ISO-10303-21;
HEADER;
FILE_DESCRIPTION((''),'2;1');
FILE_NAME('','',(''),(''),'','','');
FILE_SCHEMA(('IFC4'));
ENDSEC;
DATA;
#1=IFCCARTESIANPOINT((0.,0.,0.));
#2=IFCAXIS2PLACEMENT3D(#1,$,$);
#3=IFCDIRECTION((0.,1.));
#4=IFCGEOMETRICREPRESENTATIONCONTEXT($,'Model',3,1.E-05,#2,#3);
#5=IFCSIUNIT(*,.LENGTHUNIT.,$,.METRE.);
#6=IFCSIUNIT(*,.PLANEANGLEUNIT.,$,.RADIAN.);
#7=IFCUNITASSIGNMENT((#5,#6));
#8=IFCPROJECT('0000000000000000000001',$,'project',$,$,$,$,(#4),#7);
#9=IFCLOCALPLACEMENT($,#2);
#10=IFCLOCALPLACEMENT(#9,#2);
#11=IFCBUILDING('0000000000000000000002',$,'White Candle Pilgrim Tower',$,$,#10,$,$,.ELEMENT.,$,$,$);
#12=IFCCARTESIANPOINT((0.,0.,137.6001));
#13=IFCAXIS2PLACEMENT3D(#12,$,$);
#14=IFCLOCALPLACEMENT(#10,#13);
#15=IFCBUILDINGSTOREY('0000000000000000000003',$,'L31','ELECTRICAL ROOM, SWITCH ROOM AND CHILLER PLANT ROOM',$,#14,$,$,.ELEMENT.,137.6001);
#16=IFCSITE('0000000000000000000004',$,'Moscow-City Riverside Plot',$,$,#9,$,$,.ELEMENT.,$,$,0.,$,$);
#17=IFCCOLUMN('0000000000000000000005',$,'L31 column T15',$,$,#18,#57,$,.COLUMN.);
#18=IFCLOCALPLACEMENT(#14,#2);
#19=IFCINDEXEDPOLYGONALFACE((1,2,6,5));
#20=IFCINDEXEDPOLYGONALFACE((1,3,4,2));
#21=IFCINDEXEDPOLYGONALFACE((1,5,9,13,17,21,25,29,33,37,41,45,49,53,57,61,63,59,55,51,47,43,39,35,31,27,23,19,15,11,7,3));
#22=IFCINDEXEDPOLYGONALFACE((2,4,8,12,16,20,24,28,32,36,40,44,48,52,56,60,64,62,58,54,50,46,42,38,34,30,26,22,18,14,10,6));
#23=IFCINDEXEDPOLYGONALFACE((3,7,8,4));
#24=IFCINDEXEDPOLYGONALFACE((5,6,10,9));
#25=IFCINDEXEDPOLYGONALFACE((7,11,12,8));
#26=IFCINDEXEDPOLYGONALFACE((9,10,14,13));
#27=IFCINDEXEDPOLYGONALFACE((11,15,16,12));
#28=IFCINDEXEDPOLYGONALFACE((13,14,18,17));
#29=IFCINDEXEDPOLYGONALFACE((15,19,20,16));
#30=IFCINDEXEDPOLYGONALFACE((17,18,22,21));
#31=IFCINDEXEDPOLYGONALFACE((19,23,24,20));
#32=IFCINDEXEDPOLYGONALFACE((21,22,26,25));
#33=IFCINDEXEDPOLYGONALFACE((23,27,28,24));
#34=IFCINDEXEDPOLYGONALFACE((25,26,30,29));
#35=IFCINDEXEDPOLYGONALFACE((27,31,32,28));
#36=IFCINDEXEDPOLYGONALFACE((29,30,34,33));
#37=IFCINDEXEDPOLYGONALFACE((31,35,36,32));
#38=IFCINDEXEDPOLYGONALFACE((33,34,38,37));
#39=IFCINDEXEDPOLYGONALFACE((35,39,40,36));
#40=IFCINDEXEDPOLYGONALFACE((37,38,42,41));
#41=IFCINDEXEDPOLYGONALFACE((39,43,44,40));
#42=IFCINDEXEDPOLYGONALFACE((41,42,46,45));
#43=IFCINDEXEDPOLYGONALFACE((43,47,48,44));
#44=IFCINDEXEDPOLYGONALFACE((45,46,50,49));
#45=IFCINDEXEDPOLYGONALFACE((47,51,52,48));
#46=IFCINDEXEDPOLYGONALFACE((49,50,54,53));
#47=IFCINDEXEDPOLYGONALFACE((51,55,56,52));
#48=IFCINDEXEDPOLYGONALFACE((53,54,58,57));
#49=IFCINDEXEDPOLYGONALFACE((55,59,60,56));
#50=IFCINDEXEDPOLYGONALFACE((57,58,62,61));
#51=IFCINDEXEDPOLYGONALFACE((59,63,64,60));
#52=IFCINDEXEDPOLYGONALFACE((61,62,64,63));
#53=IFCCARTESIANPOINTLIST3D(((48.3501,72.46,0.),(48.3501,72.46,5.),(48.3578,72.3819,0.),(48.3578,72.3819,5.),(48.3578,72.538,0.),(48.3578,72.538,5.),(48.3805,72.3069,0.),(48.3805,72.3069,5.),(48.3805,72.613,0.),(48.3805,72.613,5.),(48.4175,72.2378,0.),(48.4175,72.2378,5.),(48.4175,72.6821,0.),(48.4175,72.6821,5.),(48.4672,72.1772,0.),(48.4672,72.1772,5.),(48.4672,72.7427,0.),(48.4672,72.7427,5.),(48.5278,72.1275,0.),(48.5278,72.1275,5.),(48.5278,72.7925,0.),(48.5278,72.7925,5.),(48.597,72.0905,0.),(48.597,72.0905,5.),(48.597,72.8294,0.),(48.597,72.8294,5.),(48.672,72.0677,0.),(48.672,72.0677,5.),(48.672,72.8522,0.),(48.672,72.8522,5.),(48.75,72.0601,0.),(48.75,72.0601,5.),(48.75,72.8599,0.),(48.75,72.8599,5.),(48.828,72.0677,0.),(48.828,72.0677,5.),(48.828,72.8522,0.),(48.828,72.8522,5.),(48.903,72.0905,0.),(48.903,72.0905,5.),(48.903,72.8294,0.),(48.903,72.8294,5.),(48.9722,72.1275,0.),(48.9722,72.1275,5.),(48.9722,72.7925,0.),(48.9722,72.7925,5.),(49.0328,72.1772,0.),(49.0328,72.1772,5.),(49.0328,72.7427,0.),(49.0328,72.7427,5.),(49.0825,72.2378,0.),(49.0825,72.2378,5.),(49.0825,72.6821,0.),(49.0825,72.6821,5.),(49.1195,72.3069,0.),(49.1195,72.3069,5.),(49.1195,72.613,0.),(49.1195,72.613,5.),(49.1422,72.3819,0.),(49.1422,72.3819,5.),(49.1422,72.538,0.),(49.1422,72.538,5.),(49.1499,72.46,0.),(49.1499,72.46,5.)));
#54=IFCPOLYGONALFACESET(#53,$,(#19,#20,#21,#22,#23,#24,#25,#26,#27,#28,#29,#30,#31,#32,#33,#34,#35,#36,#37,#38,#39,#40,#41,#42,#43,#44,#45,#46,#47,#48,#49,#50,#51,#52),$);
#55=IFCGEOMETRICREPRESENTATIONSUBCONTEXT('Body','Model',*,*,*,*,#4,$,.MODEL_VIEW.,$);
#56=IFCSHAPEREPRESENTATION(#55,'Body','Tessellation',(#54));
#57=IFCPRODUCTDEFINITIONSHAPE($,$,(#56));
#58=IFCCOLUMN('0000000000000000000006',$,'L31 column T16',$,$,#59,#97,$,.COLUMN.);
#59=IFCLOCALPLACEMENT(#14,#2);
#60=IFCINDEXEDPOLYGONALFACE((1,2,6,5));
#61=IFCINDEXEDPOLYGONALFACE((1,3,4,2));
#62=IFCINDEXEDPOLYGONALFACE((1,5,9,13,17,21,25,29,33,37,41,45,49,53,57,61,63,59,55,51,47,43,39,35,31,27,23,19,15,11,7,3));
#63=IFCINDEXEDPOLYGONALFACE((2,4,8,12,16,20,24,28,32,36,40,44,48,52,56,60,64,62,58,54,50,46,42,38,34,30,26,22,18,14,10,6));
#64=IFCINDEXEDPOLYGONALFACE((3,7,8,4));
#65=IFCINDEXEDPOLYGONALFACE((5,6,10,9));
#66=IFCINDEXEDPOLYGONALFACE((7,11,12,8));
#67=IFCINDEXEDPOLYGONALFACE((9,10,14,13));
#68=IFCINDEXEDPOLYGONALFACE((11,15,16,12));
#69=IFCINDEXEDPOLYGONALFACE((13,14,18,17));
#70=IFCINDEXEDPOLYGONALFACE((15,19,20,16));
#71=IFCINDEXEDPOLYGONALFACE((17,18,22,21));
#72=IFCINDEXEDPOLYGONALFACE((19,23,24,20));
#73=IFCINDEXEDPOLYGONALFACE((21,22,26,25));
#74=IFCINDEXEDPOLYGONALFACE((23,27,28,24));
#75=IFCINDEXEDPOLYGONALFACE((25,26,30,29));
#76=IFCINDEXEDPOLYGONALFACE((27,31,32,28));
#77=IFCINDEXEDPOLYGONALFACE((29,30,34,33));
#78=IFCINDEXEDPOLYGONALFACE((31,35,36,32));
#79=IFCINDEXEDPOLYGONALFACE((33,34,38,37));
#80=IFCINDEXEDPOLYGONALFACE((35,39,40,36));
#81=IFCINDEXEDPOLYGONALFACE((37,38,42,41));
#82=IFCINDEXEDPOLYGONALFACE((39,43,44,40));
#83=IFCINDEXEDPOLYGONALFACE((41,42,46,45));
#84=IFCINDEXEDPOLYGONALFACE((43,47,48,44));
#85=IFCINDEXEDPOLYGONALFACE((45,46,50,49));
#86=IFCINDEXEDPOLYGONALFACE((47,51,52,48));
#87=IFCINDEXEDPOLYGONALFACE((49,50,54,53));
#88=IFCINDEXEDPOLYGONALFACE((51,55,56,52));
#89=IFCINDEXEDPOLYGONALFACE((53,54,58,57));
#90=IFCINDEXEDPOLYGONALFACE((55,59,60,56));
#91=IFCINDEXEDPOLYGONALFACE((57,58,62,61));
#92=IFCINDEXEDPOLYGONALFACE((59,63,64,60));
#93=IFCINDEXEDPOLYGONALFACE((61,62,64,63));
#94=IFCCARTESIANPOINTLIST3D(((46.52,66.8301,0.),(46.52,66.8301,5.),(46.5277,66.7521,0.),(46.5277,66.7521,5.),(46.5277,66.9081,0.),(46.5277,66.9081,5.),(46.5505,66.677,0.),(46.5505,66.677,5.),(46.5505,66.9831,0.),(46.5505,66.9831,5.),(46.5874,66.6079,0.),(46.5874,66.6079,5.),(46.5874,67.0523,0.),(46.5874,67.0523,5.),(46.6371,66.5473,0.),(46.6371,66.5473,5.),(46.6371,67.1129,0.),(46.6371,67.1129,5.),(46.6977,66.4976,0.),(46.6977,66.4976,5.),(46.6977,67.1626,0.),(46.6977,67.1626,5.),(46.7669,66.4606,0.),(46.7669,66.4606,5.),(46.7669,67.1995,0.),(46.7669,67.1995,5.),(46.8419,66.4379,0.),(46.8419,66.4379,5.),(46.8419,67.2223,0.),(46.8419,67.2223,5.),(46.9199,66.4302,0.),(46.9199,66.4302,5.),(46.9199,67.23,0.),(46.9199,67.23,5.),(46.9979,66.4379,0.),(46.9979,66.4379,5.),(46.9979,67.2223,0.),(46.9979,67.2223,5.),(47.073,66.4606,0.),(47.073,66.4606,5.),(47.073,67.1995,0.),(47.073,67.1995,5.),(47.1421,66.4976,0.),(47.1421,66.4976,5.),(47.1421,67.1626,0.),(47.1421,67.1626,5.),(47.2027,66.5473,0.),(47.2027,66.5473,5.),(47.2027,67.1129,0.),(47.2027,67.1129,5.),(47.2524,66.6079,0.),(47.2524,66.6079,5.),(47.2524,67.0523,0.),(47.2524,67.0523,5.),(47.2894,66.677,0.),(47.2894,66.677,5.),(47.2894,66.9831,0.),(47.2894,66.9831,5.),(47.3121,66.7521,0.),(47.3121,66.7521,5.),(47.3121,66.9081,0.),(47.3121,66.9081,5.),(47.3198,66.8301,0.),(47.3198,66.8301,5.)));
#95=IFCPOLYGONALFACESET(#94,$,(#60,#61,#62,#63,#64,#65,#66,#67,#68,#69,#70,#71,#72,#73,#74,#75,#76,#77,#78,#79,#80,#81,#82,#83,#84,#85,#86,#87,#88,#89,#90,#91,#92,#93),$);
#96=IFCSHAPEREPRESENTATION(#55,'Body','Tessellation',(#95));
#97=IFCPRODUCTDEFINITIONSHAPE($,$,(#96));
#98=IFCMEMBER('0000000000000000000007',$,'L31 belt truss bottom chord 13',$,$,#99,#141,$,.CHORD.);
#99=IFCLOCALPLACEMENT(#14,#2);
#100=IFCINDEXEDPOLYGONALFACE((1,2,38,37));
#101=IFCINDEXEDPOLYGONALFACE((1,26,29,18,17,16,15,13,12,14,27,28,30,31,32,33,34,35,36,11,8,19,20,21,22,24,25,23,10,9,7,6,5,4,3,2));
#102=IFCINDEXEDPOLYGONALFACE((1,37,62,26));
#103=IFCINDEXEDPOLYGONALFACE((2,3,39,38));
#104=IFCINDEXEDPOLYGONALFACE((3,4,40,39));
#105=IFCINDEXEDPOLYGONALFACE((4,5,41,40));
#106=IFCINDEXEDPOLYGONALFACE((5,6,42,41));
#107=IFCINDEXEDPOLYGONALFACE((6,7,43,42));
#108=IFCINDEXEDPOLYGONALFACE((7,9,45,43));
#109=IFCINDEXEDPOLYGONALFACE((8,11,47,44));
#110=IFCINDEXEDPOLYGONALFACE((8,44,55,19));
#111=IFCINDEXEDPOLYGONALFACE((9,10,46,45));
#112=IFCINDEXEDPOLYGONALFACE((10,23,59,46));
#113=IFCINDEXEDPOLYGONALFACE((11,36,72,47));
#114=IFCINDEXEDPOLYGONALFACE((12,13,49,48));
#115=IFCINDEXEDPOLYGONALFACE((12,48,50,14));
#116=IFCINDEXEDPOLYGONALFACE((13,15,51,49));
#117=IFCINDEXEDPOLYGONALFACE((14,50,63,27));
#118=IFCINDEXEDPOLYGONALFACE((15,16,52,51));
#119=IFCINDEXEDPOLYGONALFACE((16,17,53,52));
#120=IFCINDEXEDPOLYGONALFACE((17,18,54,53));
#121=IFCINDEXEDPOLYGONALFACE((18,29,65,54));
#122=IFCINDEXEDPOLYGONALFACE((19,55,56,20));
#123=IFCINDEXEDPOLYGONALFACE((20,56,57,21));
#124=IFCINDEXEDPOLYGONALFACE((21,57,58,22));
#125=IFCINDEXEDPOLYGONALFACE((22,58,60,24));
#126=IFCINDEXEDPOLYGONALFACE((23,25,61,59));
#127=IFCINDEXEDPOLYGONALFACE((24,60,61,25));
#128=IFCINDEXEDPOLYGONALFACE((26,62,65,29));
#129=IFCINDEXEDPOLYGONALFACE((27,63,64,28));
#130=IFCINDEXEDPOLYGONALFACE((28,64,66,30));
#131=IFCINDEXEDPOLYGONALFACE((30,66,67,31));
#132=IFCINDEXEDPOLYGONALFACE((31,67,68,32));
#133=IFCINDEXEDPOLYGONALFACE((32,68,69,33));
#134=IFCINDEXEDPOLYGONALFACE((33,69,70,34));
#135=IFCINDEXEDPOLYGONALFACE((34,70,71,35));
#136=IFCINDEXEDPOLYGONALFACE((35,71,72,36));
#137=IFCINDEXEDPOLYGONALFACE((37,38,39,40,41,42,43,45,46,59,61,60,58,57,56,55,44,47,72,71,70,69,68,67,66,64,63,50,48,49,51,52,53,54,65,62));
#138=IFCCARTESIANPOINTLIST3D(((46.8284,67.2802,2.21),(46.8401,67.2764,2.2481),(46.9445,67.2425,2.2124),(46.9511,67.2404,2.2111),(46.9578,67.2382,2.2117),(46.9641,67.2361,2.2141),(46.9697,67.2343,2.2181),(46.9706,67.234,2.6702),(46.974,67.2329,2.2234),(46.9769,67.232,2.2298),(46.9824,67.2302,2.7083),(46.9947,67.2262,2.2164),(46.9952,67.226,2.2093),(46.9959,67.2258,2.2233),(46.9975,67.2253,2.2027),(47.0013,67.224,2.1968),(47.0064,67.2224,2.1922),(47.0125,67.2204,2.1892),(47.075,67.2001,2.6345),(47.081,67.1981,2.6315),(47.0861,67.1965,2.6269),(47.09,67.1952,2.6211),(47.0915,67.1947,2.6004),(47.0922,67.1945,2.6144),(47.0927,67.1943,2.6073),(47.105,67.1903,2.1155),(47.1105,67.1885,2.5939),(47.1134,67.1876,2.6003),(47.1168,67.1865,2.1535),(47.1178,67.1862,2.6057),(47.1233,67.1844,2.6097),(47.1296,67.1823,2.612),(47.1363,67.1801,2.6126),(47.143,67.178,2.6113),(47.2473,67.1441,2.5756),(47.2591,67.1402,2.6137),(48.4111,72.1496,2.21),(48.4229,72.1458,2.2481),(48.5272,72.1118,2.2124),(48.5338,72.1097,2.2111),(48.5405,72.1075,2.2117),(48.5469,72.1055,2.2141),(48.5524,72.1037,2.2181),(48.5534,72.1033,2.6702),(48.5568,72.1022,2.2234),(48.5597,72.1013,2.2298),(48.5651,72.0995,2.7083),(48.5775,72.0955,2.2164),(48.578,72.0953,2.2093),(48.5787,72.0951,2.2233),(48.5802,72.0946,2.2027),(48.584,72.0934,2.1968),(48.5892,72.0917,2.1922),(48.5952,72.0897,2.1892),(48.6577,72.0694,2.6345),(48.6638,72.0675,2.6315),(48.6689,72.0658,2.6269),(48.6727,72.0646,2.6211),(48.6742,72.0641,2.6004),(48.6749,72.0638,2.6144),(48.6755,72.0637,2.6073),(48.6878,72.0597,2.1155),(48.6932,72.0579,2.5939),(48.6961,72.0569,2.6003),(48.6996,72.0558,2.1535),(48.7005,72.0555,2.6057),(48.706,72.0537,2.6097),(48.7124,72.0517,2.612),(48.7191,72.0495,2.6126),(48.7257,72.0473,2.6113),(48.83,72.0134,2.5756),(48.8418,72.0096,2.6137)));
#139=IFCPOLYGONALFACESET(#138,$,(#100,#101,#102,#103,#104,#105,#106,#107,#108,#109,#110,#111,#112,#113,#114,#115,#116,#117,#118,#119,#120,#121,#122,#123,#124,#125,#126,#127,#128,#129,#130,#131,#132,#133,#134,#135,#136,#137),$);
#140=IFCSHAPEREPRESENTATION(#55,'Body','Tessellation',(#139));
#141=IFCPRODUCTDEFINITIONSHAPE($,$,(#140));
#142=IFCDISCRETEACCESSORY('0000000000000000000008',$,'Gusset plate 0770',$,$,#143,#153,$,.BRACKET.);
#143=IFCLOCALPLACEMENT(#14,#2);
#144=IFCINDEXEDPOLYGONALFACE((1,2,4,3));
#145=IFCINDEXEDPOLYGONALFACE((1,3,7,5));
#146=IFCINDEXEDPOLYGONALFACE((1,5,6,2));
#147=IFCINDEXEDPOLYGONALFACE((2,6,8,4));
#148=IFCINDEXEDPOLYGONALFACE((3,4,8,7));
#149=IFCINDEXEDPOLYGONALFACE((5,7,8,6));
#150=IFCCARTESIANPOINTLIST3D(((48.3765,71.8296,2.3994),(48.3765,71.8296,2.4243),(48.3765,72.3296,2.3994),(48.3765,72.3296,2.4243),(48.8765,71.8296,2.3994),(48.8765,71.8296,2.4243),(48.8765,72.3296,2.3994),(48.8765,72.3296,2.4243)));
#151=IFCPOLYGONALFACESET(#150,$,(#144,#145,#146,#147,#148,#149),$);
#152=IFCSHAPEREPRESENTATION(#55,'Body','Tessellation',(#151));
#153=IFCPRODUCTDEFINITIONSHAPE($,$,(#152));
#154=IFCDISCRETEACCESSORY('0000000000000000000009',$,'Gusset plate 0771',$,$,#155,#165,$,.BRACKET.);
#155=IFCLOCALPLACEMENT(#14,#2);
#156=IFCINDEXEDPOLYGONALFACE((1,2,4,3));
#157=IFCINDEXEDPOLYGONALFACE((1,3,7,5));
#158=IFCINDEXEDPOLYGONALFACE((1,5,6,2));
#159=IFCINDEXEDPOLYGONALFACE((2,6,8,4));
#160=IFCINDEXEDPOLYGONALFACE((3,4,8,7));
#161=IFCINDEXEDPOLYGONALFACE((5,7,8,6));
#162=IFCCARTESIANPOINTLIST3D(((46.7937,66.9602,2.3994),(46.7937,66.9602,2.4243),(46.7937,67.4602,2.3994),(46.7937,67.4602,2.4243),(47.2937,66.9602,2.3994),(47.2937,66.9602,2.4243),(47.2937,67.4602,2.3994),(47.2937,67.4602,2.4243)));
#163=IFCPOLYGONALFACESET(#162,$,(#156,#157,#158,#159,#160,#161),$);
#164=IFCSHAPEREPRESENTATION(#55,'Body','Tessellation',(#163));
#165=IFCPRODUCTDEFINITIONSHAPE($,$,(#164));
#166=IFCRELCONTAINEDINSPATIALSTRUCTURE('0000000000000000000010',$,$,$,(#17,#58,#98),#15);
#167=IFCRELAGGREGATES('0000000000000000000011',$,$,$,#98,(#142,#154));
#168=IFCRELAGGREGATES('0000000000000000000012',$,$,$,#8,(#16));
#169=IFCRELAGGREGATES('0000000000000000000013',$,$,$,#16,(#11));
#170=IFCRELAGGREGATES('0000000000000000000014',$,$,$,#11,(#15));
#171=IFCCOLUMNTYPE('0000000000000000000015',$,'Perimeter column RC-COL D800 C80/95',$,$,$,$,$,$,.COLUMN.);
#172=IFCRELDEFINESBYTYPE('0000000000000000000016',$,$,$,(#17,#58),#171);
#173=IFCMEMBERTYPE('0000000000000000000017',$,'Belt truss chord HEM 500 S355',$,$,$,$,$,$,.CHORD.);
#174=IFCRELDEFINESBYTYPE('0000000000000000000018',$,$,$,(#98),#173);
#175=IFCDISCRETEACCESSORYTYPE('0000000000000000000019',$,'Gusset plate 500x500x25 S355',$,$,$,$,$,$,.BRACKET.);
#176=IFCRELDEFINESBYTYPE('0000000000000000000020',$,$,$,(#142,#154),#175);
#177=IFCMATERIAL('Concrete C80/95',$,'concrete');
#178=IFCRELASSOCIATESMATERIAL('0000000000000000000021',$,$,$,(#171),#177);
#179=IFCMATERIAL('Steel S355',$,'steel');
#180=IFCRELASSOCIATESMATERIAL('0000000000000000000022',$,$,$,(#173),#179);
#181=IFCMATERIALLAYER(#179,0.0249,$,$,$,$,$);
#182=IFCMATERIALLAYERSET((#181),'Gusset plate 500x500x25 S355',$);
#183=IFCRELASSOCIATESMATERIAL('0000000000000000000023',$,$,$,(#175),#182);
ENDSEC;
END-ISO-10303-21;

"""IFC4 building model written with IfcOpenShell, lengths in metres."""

from ifc_helpers import new_model, si_unit, direction, frame, origin, origin_2d, place, context, subcontext, project, spatial, rectangle, circle, i_section, extrude, material, layer, layer_set, material_profile, profile_set, type_object, element, aggregate, save


model = new_model("IFC4")

# Units and contexts
model_context = context("Model", 3, precision=1e-05, world=origin(), true_north=direction((0.0, 1.0)))
body_context = subcontext(model_context, "Body", "Model", "MODEL_VIEW")
ifc_project = project(units=[si_unit("LENGTHUNIT", "METRE"), si_unit("PLANEANGLEUNIT", "RADIAN")], contexts=[model_context])

# Site, building, storey
site_placement = place(None, origin())
site = spatial("IfcSite", under=ifc_project, at=site_placement, Name="Moscow-City Riverside Plot", CompositionType="ELEMENT", RefElevation=0.0)
building_placement = place(site_placement, origin())
building = spatial("IfcBuilding", under=site, at=building_placement, Name="White Candle Pilgrim Tower", CompositionType="ELEMENT")
storey_placement = place(building_placement, frame((0.0, 0.0, 137.6001)))
storey = spatial("IfcBuildingStorey", under=building, at=storey_placement, Name="L31", Description="ELECTRICAL ROOM, SWITCH ROOM AND CHILLER PLANT ROOM", CompositionType="ELEMENT", Elevation=137.6001)

# Columns
ifc_material_1 = material(Name="Concrete C80/95", Category="concrete")
ifc_material_profile_1 = material_profile(ifc_material_1, circle(Radius=0.3999, at=origin_2d()), Name="RC-COL D800")
ifc_profile_set_1 = profile_set([ifc_material_profile_1], Name="Concrete C80/95")
column_type = type_object("IfcColumnType", Name="Perimeter column RC-COL D800 C80/95", PredefinedType="COLUMN", material=ifc_profile_set_1)
for number, where, z_axis, x_axis, name in (
    (1, (48.75, 72.46, 0.0), (0.0, 0.0, 1.0), (1.0, 0.0, 0.0), "L31 column T15"),
    (2, (46.9199, 66.8301, 0.0), (0.0, 0.0, 1.0), (1.0, 0.0, 0.0), "L31 column T16"),
):
    element("IfcColumn", number, at=place(storey_placement, frame(where, z_axis=z_axis, x_axis=x_axis)), inside=storey, type_object=column_type, Name=name, PredefinedType="COLUMN", context=body_context, shape_type="SweptSolid", body=[
        extrude(circle(Radius=0.3999, at=origin_2d()), origin(), (0.0, 0.0, 1.0), 5.0),
    ])

# Member
ifc_material_2 = material(Name="Steel S355", Category="steel")
ifc_material_profile_2 = material_profile(ifc_material_2, i_section(OverallWidth=0.3059, OverallDepth=0.5239, WebThickness=0.021, FlangeThickness=0.04, FilletRadius=0.0271, at=origin_2d()), Name="HEM 500")
ifc_profile_set_2 = profile_set([ifc_material_profile_2], Name="Steel S355")
member_type_1 = type_object("IfcMemberType", Name="Belt truss chord HEM 500 S355", PredefinedType="CHORD", material=ifc_profile_set_2)
member_1_placement = place(storey_placement, frame((48.6265, 72.0796, 2.4119), z_axis=(-0.309124, -0.951022, 0.0), x_axis=(0.904441, -0.293983, -0.309129)))
member_1 = element("IfcMember", 3, at=member_1_placement, inside=storey, type_object=member_type_1, Name="L31 belt truss bottom chord 13", PredefinedType="CHORD", context=body_context, shape_type="SweptSolid", body=[
    extrude(i_section(OverallWidth=0.3059, OverallDepth=0.5239, WebThickness=0.021, FlangeThickness=0.04, FilletRadius=0.0271, at=origin_2d()), origin(), (0.0, 0.0, 1.0), 5.1201),
])

# Discrete accessories
ifc_layer_1 = layer(ifc_material_2, 0.0249)
ifc_layer_set_1 = layer_set([ifc_layer_1], Name="Gusset plate 500x500x25 S355")
discrete_accessory_type = type_object("IfcDiscreteAccessoryType", Name="Gusset plate 500x500x25 S355", PredefinedType="BRACKET", material=ifc_layer_set_1)
discrete_accessory_1_placement = place(storey_placement, frame((48.6265, 72.0796, 2.3994), z_axis=(0.0, 0.0, 1.0), x_axis=(1.0, 0.0, 0.0)))
discrete_accessory_1 = element("IfcDiscreteAccessory", 4, at=discrete_accessory_1_placement, type_object=discrete_accessory_type, Name="Gusset plate 0770", PredefinedType="BRACKET", context=body_context, shape_type="SweptSolid", body=[
    extrude(rectangle(XDim=0.5, YDim=0.5, at=origin_2d()), origin(), (0.0, 0.0, 1.0), 0.0249),
])
discrete_accessory_2_placement = place(storey_placement, frame((47.0437, 67.2102, 2.3994), z_axis=(0.0, 0.0, 1.0), x_axis=(1.0, 0.0, 0.0)))
discrete_accessory_2 = element("IfcDiscreteAccessory", 5, at=discrete_accessory_2_placement, type_object=discrete_accessory_type, Name="Gusset plate 0771", PredefinedType="BRACKET", context=body_context, shape_type="SweptSolid", body=[
    extrude(rectangle(XDim=0.5, YDim=0.5, at=origin_2d()), origin(), (0.0, 0.0, 1.0), 0.0249),
])
aggregate(member_1, [discrete_accessory_1, discrete_accessory_2])

save(model, "model.ifc")
